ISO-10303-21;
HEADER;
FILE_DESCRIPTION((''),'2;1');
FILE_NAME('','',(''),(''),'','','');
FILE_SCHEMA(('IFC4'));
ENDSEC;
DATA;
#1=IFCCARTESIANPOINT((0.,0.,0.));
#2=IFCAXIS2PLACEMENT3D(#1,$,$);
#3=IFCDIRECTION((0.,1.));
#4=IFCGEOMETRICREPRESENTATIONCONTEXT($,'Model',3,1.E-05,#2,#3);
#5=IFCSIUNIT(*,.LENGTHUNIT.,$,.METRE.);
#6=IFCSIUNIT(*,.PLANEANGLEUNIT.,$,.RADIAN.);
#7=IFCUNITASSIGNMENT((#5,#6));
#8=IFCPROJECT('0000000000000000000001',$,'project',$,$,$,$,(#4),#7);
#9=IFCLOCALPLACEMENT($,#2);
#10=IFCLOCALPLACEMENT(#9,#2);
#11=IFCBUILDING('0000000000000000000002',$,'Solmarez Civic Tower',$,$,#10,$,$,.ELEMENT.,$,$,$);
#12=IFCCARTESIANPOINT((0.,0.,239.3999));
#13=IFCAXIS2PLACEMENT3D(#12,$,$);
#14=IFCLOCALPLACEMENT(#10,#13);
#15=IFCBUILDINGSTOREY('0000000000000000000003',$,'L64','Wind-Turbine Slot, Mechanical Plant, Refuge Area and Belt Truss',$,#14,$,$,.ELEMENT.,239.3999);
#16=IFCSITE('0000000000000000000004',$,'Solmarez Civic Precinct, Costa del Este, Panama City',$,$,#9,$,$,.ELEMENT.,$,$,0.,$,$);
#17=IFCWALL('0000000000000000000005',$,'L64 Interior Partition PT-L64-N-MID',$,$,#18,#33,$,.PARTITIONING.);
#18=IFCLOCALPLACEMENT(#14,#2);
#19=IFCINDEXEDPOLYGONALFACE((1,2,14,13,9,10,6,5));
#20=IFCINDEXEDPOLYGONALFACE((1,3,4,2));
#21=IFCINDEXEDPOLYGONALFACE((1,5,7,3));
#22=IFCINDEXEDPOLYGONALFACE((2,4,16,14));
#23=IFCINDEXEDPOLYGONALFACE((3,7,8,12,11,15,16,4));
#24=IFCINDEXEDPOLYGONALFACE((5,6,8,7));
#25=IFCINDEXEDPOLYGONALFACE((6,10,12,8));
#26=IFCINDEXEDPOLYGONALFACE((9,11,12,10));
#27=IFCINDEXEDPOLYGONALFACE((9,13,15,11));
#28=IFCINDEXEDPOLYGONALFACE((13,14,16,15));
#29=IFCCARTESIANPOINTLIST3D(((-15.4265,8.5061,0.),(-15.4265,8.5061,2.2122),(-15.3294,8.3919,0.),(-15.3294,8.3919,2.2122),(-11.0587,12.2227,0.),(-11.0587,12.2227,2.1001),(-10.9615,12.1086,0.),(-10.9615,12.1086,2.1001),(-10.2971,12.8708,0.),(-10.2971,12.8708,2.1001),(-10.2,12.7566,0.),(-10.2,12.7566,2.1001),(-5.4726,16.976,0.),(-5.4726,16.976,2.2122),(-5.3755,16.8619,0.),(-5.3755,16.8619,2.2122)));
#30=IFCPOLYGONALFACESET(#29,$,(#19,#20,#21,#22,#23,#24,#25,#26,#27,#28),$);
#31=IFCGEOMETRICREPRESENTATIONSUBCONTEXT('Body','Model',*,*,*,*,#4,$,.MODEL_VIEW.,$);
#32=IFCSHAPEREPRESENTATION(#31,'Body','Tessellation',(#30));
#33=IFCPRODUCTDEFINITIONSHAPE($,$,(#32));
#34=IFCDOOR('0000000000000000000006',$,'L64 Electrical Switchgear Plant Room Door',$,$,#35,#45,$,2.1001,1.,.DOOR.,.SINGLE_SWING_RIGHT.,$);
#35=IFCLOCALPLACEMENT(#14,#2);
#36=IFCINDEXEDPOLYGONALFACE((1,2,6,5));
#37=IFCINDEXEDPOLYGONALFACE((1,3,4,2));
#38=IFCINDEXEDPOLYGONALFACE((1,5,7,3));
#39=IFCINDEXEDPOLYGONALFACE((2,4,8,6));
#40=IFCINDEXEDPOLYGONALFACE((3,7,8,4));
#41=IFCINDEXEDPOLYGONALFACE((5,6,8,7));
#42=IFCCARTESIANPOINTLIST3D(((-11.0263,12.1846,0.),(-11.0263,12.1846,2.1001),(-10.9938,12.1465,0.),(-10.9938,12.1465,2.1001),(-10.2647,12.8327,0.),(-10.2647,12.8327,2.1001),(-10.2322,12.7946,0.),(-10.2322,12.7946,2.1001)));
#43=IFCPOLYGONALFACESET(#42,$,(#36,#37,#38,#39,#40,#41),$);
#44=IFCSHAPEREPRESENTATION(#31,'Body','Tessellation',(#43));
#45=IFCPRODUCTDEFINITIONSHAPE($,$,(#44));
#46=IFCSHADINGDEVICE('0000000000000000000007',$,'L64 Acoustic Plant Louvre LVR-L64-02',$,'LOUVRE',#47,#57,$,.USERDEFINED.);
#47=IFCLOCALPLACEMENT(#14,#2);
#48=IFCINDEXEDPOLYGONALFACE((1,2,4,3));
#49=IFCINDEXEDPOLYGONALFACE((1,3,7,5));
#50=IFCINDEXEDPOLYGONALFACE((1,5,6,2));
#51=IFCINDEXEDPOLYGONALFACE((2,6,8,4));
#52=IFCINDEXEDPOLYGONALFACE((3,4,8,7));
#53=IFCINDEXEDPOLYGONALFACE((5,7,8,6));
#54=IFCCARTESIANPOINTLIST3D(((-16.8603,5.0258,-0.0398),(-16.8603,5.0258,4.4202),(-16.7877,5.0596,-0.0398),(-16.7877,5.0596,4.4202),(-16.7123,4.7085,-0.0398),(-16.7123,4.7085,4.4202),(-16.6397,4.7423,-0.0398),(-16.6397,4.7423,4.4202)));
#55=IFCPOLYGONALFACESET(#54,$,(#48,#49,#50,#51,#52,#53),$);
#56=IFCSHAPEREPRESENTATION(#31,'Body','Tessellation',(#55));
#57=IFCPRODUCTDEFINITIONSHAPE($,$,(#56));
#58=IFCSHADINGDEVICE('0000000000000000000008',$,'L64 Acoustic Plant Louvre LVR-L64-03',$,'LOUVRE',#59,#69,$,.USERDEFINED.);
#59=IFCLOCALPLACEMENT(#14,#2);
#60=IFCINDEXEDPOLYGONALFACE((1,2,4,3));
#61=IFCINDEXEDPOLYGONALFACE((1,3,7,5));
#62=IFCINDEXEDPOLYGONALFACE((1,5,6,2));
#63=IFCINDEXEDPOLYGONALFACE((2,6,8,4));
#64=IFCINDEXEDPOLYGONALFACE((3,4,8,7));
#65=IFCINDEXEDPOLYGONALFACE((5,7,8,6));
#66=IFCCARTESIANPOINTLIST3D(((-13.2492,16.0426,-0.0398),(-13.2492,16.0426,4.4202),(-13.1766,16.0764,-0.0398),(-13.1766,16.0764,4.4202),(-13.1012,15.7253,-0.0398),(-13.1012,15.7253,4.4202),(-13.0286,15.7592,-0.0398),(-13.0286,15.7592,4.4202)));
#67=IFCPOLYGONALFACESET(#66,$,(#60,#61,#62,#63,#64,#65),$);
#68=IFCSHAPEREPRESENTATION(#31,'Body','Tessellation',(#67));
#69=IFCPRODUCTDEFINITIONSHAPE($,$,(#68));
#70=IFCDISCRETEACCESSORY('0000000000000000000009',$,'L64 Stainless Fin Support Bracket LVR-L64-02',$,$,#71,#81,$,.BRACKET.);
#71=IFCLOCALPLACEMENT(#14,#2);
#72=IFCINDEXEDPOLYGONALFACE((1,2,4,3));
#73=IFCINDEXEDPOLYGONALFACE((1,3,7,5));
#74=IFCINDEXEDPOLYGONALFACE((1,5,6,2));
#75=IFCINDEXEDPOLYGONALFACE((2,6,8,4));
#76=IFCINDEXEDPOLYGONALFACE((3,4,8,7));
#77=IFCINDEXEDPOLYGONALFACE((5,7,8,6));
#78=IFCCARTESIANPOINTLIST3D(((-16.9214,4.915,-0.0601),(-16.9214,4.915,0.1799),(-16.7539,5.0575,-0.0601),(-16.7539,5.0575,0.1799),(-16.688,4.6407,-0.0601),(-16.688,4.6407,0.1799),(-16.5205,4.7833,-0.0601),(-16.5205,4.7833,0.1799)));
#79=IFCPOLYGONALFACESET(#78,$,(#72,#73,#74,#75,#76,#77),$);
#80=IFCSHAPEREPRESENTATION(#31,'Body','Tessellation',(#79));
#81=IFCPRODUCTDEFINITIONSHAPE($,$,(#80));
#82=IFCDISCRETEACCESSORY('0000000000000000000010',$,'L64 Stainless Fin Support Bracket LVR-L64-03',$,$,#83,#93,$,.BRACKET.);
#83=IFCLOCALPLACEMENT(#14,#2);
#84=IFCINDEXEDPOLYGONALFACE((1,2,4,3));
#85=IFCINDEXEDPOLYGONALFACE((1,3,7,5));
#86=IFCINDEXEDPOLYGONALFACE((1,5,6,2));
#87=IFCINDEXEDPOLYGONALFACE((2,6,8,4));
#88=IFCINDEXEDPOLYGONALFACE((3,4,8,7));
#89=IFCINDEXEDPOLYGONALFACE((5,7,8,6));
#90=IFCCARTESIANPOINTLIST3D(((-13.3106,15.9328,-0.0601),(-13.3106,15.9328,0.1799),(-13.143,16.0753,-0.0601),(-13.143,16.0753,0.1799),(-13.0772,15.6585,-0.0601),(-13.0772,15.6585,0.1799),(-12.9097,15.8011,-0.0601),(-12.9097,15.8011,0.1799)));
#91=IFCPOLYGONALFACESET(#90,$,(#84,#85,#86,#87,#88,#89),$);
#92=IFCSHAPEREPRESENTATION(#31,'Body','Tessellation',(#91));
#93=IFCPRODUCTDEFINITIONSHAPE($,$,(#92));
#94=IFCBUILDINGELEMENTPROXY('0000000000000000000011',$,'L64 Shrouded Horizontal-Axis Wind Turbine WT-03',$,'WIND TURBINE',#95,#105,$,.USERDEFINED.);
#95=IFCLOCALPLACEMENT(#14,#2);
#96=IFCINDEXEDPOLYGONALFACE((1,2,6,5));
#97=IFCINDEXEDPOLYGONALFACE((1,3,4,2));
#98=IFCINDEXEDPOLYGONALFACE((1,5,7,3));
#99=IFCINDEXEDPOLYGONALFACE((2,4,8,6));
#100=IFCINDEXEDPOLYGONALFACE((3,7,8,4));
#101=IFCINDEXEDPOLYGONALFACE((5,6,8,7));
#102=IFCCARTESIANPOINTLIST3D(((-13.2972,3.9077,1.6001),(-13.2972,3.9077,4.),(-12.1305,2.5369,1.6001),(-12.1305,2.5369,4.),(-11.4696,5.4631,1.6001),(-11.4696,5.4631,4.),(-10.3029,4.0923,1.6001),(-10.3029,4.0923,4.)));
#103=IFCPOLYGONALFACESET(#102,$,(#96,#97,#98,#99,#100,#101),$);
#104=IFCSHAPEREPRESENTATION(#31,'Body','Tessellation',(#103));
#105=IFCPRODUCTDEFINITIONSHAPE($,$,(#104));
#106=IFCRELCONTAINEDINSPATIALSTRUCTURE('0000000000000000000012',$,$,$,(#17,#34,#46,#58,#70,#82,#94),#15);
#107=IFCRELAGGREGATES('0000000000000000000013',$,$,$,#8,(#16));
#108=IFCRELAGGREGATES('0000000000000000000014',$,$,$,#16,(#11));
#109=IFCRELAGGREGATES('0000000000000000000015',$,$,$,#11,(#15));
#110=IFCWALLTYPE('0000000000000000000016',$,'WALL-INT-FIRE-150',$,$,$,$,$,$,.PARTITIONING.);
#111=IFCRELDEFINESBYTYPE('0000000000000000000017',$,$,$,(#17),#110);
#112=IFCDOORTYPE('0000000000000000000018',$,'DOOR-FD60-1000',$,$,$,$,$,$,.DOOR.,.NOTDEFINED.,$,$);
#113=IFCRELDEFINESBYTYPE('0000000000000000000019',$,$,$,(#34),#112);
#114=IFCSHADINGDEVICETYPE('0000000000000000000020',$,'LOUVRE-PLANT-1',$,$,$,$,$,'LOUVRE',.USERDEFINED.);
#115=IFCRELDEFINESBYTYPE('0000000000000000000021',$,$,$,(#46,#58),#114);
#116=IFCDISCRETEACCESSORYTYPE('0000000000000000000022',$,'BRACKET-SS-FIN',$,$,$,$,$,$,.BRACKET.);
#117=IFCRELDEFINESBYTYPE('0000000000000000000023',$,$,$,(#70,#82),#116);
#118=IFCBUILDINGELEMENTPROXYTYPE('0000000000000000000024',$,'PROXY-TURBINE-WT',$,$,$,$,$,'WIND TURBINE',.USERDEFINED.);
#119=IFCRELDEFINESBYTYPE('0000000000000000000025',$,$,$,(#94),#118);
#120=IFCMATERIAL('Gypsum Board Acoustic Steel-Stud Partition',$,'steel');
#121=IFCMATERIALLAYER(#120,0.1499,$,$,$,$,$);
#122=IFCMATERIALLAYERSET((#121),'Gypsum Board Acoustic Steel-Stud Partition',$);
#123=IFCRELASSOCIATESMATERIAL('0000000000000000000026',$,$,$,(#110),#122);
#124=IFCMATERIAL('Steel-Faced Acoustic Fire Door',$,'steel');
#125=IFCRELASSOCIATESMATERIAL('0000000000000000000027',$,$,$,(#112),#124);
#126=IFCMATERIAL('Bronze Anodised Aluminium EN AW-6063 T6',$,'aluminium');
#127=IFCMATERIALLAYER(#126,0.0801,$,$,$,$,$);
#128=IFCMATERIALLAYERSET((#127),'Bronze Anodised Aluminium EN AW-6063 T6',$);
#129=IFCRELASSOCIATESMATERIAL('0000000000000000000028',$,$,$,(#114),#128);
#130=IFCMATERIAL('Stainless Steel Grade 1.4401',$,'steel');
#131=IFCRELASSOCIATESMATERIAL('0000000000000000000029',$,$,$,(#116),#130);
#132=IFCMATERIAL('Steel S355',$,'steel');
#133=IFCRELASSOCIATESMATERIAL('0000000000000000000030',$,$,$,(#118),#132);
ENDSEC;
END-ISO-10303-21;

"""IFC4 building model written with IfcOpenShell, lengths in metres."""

from ifc_helpers import new_model, si_unit, direction, frame, frame_2d, origin, origin_2d, place, context, subcontext, project, spatial, rectangle, extrude, material, layer, layer_set, type_object, element, fill, save


model = new_model("IFC4")

# Units and contexts
model_context = context("Model", 3, precision=1e-05, world=origin(), true_north=direction((0.0, 1.0)))
body_context = subcontext(model_context, "Body", "Model", "MODEL_VIEW")
ifc_project = project(units=[si_unit("LENGTHUNIT", "METRE"), si_unit("PLANEANGLEUNIT", "RADIAN")], contexts=[model_context])

# Site, building, storey
site_placement = place(None, origin())
site = spatial("IfcSite", under=ifc_project, at=site_placement, Name="Solmarez Civic Precinct, Costa del Este, Panama City", CompositionType="ELEMENT", RefElevation=0.0)
building_placement = place(site_placement, origin())
building = spatial("IfcBuilding", under=site, at=building_placement, Name="Solmarez Civic Tower", CompositionType="ELEMENT")
storey_placement = place(building_placement, frame((0.0, 0.0, 239.3999)))
storey = spatial("IfcBuildingStorey", under=building, at=storey_placement, Name="L64", Description="Wind-Turbine Slot, Mechanical Plant, Refuge Area and Belt Truss", CompositionType="ELEMENT", Elevation=239.3999)

# Shared definitions
ifc_material_1 = material(Name="Steel S355", Category="steel")

# Wall, opening, door
ifc_material_2 = material(Name="Gypsum Board Acoustic Steel-Stud Partition", Category="steel")
ifc_layer_1 = layer(ifc_material_2, 0.1499)
ifc_layer_set_1 = layer_set([ifc_layer_1], Name="Gypsum Board Acoustic Steel-Stud Partition")
wall_type_1 = type_object("IfcWallType", Name="WALL-INT-FIRE-150", PredefinedType="PARTITIONING", material=ifc_layer_set_1)
wall_1_placement = place(storey_placement, frame((-15.3779, 8.449, 0.0), z_axis=(0.0, 0.0, 1.0), x_axis=(0.761592, 0.648057, 0.0)))
wall_1 = element("IfcWall", 1, at=wall_1_placement, inside=storey, type_object=wall_type_1, Name="L64 Interior Partition PT-L64-N-MID", PredefinedType="PARTITIONING", context=body_context, shape_type="SweptSolid", body=[
    extrude(rectangle(XDim=13.0698, YDim=0.1499, at=frame_2d((6.5349, 0.0))), origin(), (0.0, 0.0, 1.0), 2.2122),
])
opening_1_placement = place(wall_1_placement, frame((5.7351, 0.0, 0.0)))
opening_1 = element("IfcOpeningElement", 2, at=opening_1_placement, cuts=wall_1, PredefinedType="OPENING", context=body_context, shape_type="SweptSolid", body=[
    extrude(rectangle(XDim=1.0, YDim=2.1001, at=frame_2d((0.5, 1.05))), frame((0.0, 0.085, 0.0), z_axis=(0.0, -1.0, 0.0), x_axis=(1.0, 0.0, 0.0)), (0.0, 0.0, 1.0), 0.1699),
])
ifc_material_3 = material(Name="Steel-Faced Acoustic Fire Door", Category="steel")
door_type_1 = type_object("IfcDoorType", Name="DOOR-FD60-1000", OperationType="NOTDEFINED", PredefinedType="DOOR", material=ifc_material_3)
door_1_placement = place(opening_1_placement, origin())
door_1 = element("IfcDoor", 3, at=door_1_placement, inside=storey, type_object=door_type_1, Name="L64 Electrical Switchgear Plant Room Door", OperationType="SINGLE_SWING_RIGHT", OverallHeight=2.1001, OverallWidth=1.0, PredefinedType="DOOR", context=body_context, shape_type="SweptSolid", body=[
    extrude(rectangle(XDim=1.0, YDim=2.1001, at=frame_2d((0.5, 1.05))), frame((0.0, 0.0249, 0.0), z_axis=(0.0, -1.0, 0.0), x_axis=(1.0, 0.0, 0.0)), (0.0, 0.0, 1.0), 0.05),
])
fill(opening_1, door_1)

# Shading devices
ifc_material_4 = material(Name="Bronze Anodised Aluminium EN AW-6063 T6", Category="aluminium")
ifc_layer_2 = layer(ifc_material_4, 0.0801)
ifc_layer_set_2 = layer_set([ifc_layer_2], Name="Bronze Anodised Aluminium EN AW-6063 T6")
shading_device_type = type_object("IfcShadingDeviceType", Name="LOUVRE-PLANT-1", ElementType="LOUVRE", PredefinedType="USERDEFINED", material=ifc_layer_set_2)
for number, where, z_axis, x_axis, name in (
    (4, (-16.75, 4.884, -0.0398), (0.0, 0.0, 1.0), (-0.422587, 0.906323, 0.0), "L64 Acoustic Plant Louvre LVR-L64-02"),
    (5, (-13.1389, 15.9009, -0.0398), (0.0, 0.0, 1.0), (-0.422618, 0.906308, 0.0), "L64 Acoustic Plant Louvre LVR-L64-03"),
):
    element("IfcShadingDevice", number, at=place(storey_placement, frame(where, z_axis=z_axis, x_axis=x_axis)), inside=storey, type_object=shading_device_type, Name=name, ObjectType="LOUVRE", PredefinedType="USERDEFINED", context=body_context, shape_type="SweptSolid", body=[
        extrude(rectangle(XDim=0.3501, YDim=0.0801, at=origin_2d()), origin(), (0.0, 0.0, 1.0), 4.46),
    ])

# Discrete accessories
ifc_material_5 = material(Name="Stainless Steel Grade 1.4401", Category="steel")
discrete_accessory_type = type_object("IfcDiscreteAccessoryType", Name="BRACKET-SS-FIN", PredefinedType="BRACKET", material=ifc_material_5)
for number, where, z_axis, x_axis, name in (
    (6, (-16.7209, 4.8491, -0.0601), (0.0, 0.0, 1.0), (-0.648094, 0.76156, 0.0), "L64 Stainless Fin Support Bracket LVR-L64-02"),
    (7, (-13.1101, 15.8669, -0.0601), (0.0, 0.0, 1.0), (-0.648116, 0.761541, 0.0), "L64 Stainless Fin Support Bracket LVR-L64-03"),
):
    element("IfcDiscreteAccessory", number, at=place(storey_placement, frame(where, z_axis=z_axis, x_axis=x_axis)), inside=storey, type_object=discrete_accessory_type, Name=name, PredefinedType="BRACKET", context=body_context, shape_type="SweptSolid", body=[
        extrude(rectangle(XDim=0.3601, YDim=0.22, at=origin_2d()), origin(), (0.0, 0.0, 1.0), 0.24),
    ])

# Building element proxy
building_element_proxy_type = type_object("IfcBuildingElementProxyType", Name="PROXY-TURBINE-WT", ElementType="WIND TURBINE", PredefinedType="USERDEFINED", material=ifc_material_1)
proxy_placement = place(storey_placement, frame((-11.8, 4.0, 1.6001), z_axis=(0.0, 0.0, 1.0), x_axis=(0.761538, 0.64812, 0.0)))
element("IfcBuildingElementProxy", 8, at=proxy_placement, inside=storey, type_object=building_element_proxy_type, Name="L64 Shrouded Horizontal-Axis Wind Turbine WT-03", ObjectType="WIND TURBINE", PredefinedType="USERDEFINED", context=body_context, shape_type="SweptSolid", body=[
    extrude(rectangle(XDim=2.3999, YDim=1.8, at=origin_2d()), origin(), (0.0, 0.0, 1.0), 2.3999),
])

save(model, "model.ifc")
